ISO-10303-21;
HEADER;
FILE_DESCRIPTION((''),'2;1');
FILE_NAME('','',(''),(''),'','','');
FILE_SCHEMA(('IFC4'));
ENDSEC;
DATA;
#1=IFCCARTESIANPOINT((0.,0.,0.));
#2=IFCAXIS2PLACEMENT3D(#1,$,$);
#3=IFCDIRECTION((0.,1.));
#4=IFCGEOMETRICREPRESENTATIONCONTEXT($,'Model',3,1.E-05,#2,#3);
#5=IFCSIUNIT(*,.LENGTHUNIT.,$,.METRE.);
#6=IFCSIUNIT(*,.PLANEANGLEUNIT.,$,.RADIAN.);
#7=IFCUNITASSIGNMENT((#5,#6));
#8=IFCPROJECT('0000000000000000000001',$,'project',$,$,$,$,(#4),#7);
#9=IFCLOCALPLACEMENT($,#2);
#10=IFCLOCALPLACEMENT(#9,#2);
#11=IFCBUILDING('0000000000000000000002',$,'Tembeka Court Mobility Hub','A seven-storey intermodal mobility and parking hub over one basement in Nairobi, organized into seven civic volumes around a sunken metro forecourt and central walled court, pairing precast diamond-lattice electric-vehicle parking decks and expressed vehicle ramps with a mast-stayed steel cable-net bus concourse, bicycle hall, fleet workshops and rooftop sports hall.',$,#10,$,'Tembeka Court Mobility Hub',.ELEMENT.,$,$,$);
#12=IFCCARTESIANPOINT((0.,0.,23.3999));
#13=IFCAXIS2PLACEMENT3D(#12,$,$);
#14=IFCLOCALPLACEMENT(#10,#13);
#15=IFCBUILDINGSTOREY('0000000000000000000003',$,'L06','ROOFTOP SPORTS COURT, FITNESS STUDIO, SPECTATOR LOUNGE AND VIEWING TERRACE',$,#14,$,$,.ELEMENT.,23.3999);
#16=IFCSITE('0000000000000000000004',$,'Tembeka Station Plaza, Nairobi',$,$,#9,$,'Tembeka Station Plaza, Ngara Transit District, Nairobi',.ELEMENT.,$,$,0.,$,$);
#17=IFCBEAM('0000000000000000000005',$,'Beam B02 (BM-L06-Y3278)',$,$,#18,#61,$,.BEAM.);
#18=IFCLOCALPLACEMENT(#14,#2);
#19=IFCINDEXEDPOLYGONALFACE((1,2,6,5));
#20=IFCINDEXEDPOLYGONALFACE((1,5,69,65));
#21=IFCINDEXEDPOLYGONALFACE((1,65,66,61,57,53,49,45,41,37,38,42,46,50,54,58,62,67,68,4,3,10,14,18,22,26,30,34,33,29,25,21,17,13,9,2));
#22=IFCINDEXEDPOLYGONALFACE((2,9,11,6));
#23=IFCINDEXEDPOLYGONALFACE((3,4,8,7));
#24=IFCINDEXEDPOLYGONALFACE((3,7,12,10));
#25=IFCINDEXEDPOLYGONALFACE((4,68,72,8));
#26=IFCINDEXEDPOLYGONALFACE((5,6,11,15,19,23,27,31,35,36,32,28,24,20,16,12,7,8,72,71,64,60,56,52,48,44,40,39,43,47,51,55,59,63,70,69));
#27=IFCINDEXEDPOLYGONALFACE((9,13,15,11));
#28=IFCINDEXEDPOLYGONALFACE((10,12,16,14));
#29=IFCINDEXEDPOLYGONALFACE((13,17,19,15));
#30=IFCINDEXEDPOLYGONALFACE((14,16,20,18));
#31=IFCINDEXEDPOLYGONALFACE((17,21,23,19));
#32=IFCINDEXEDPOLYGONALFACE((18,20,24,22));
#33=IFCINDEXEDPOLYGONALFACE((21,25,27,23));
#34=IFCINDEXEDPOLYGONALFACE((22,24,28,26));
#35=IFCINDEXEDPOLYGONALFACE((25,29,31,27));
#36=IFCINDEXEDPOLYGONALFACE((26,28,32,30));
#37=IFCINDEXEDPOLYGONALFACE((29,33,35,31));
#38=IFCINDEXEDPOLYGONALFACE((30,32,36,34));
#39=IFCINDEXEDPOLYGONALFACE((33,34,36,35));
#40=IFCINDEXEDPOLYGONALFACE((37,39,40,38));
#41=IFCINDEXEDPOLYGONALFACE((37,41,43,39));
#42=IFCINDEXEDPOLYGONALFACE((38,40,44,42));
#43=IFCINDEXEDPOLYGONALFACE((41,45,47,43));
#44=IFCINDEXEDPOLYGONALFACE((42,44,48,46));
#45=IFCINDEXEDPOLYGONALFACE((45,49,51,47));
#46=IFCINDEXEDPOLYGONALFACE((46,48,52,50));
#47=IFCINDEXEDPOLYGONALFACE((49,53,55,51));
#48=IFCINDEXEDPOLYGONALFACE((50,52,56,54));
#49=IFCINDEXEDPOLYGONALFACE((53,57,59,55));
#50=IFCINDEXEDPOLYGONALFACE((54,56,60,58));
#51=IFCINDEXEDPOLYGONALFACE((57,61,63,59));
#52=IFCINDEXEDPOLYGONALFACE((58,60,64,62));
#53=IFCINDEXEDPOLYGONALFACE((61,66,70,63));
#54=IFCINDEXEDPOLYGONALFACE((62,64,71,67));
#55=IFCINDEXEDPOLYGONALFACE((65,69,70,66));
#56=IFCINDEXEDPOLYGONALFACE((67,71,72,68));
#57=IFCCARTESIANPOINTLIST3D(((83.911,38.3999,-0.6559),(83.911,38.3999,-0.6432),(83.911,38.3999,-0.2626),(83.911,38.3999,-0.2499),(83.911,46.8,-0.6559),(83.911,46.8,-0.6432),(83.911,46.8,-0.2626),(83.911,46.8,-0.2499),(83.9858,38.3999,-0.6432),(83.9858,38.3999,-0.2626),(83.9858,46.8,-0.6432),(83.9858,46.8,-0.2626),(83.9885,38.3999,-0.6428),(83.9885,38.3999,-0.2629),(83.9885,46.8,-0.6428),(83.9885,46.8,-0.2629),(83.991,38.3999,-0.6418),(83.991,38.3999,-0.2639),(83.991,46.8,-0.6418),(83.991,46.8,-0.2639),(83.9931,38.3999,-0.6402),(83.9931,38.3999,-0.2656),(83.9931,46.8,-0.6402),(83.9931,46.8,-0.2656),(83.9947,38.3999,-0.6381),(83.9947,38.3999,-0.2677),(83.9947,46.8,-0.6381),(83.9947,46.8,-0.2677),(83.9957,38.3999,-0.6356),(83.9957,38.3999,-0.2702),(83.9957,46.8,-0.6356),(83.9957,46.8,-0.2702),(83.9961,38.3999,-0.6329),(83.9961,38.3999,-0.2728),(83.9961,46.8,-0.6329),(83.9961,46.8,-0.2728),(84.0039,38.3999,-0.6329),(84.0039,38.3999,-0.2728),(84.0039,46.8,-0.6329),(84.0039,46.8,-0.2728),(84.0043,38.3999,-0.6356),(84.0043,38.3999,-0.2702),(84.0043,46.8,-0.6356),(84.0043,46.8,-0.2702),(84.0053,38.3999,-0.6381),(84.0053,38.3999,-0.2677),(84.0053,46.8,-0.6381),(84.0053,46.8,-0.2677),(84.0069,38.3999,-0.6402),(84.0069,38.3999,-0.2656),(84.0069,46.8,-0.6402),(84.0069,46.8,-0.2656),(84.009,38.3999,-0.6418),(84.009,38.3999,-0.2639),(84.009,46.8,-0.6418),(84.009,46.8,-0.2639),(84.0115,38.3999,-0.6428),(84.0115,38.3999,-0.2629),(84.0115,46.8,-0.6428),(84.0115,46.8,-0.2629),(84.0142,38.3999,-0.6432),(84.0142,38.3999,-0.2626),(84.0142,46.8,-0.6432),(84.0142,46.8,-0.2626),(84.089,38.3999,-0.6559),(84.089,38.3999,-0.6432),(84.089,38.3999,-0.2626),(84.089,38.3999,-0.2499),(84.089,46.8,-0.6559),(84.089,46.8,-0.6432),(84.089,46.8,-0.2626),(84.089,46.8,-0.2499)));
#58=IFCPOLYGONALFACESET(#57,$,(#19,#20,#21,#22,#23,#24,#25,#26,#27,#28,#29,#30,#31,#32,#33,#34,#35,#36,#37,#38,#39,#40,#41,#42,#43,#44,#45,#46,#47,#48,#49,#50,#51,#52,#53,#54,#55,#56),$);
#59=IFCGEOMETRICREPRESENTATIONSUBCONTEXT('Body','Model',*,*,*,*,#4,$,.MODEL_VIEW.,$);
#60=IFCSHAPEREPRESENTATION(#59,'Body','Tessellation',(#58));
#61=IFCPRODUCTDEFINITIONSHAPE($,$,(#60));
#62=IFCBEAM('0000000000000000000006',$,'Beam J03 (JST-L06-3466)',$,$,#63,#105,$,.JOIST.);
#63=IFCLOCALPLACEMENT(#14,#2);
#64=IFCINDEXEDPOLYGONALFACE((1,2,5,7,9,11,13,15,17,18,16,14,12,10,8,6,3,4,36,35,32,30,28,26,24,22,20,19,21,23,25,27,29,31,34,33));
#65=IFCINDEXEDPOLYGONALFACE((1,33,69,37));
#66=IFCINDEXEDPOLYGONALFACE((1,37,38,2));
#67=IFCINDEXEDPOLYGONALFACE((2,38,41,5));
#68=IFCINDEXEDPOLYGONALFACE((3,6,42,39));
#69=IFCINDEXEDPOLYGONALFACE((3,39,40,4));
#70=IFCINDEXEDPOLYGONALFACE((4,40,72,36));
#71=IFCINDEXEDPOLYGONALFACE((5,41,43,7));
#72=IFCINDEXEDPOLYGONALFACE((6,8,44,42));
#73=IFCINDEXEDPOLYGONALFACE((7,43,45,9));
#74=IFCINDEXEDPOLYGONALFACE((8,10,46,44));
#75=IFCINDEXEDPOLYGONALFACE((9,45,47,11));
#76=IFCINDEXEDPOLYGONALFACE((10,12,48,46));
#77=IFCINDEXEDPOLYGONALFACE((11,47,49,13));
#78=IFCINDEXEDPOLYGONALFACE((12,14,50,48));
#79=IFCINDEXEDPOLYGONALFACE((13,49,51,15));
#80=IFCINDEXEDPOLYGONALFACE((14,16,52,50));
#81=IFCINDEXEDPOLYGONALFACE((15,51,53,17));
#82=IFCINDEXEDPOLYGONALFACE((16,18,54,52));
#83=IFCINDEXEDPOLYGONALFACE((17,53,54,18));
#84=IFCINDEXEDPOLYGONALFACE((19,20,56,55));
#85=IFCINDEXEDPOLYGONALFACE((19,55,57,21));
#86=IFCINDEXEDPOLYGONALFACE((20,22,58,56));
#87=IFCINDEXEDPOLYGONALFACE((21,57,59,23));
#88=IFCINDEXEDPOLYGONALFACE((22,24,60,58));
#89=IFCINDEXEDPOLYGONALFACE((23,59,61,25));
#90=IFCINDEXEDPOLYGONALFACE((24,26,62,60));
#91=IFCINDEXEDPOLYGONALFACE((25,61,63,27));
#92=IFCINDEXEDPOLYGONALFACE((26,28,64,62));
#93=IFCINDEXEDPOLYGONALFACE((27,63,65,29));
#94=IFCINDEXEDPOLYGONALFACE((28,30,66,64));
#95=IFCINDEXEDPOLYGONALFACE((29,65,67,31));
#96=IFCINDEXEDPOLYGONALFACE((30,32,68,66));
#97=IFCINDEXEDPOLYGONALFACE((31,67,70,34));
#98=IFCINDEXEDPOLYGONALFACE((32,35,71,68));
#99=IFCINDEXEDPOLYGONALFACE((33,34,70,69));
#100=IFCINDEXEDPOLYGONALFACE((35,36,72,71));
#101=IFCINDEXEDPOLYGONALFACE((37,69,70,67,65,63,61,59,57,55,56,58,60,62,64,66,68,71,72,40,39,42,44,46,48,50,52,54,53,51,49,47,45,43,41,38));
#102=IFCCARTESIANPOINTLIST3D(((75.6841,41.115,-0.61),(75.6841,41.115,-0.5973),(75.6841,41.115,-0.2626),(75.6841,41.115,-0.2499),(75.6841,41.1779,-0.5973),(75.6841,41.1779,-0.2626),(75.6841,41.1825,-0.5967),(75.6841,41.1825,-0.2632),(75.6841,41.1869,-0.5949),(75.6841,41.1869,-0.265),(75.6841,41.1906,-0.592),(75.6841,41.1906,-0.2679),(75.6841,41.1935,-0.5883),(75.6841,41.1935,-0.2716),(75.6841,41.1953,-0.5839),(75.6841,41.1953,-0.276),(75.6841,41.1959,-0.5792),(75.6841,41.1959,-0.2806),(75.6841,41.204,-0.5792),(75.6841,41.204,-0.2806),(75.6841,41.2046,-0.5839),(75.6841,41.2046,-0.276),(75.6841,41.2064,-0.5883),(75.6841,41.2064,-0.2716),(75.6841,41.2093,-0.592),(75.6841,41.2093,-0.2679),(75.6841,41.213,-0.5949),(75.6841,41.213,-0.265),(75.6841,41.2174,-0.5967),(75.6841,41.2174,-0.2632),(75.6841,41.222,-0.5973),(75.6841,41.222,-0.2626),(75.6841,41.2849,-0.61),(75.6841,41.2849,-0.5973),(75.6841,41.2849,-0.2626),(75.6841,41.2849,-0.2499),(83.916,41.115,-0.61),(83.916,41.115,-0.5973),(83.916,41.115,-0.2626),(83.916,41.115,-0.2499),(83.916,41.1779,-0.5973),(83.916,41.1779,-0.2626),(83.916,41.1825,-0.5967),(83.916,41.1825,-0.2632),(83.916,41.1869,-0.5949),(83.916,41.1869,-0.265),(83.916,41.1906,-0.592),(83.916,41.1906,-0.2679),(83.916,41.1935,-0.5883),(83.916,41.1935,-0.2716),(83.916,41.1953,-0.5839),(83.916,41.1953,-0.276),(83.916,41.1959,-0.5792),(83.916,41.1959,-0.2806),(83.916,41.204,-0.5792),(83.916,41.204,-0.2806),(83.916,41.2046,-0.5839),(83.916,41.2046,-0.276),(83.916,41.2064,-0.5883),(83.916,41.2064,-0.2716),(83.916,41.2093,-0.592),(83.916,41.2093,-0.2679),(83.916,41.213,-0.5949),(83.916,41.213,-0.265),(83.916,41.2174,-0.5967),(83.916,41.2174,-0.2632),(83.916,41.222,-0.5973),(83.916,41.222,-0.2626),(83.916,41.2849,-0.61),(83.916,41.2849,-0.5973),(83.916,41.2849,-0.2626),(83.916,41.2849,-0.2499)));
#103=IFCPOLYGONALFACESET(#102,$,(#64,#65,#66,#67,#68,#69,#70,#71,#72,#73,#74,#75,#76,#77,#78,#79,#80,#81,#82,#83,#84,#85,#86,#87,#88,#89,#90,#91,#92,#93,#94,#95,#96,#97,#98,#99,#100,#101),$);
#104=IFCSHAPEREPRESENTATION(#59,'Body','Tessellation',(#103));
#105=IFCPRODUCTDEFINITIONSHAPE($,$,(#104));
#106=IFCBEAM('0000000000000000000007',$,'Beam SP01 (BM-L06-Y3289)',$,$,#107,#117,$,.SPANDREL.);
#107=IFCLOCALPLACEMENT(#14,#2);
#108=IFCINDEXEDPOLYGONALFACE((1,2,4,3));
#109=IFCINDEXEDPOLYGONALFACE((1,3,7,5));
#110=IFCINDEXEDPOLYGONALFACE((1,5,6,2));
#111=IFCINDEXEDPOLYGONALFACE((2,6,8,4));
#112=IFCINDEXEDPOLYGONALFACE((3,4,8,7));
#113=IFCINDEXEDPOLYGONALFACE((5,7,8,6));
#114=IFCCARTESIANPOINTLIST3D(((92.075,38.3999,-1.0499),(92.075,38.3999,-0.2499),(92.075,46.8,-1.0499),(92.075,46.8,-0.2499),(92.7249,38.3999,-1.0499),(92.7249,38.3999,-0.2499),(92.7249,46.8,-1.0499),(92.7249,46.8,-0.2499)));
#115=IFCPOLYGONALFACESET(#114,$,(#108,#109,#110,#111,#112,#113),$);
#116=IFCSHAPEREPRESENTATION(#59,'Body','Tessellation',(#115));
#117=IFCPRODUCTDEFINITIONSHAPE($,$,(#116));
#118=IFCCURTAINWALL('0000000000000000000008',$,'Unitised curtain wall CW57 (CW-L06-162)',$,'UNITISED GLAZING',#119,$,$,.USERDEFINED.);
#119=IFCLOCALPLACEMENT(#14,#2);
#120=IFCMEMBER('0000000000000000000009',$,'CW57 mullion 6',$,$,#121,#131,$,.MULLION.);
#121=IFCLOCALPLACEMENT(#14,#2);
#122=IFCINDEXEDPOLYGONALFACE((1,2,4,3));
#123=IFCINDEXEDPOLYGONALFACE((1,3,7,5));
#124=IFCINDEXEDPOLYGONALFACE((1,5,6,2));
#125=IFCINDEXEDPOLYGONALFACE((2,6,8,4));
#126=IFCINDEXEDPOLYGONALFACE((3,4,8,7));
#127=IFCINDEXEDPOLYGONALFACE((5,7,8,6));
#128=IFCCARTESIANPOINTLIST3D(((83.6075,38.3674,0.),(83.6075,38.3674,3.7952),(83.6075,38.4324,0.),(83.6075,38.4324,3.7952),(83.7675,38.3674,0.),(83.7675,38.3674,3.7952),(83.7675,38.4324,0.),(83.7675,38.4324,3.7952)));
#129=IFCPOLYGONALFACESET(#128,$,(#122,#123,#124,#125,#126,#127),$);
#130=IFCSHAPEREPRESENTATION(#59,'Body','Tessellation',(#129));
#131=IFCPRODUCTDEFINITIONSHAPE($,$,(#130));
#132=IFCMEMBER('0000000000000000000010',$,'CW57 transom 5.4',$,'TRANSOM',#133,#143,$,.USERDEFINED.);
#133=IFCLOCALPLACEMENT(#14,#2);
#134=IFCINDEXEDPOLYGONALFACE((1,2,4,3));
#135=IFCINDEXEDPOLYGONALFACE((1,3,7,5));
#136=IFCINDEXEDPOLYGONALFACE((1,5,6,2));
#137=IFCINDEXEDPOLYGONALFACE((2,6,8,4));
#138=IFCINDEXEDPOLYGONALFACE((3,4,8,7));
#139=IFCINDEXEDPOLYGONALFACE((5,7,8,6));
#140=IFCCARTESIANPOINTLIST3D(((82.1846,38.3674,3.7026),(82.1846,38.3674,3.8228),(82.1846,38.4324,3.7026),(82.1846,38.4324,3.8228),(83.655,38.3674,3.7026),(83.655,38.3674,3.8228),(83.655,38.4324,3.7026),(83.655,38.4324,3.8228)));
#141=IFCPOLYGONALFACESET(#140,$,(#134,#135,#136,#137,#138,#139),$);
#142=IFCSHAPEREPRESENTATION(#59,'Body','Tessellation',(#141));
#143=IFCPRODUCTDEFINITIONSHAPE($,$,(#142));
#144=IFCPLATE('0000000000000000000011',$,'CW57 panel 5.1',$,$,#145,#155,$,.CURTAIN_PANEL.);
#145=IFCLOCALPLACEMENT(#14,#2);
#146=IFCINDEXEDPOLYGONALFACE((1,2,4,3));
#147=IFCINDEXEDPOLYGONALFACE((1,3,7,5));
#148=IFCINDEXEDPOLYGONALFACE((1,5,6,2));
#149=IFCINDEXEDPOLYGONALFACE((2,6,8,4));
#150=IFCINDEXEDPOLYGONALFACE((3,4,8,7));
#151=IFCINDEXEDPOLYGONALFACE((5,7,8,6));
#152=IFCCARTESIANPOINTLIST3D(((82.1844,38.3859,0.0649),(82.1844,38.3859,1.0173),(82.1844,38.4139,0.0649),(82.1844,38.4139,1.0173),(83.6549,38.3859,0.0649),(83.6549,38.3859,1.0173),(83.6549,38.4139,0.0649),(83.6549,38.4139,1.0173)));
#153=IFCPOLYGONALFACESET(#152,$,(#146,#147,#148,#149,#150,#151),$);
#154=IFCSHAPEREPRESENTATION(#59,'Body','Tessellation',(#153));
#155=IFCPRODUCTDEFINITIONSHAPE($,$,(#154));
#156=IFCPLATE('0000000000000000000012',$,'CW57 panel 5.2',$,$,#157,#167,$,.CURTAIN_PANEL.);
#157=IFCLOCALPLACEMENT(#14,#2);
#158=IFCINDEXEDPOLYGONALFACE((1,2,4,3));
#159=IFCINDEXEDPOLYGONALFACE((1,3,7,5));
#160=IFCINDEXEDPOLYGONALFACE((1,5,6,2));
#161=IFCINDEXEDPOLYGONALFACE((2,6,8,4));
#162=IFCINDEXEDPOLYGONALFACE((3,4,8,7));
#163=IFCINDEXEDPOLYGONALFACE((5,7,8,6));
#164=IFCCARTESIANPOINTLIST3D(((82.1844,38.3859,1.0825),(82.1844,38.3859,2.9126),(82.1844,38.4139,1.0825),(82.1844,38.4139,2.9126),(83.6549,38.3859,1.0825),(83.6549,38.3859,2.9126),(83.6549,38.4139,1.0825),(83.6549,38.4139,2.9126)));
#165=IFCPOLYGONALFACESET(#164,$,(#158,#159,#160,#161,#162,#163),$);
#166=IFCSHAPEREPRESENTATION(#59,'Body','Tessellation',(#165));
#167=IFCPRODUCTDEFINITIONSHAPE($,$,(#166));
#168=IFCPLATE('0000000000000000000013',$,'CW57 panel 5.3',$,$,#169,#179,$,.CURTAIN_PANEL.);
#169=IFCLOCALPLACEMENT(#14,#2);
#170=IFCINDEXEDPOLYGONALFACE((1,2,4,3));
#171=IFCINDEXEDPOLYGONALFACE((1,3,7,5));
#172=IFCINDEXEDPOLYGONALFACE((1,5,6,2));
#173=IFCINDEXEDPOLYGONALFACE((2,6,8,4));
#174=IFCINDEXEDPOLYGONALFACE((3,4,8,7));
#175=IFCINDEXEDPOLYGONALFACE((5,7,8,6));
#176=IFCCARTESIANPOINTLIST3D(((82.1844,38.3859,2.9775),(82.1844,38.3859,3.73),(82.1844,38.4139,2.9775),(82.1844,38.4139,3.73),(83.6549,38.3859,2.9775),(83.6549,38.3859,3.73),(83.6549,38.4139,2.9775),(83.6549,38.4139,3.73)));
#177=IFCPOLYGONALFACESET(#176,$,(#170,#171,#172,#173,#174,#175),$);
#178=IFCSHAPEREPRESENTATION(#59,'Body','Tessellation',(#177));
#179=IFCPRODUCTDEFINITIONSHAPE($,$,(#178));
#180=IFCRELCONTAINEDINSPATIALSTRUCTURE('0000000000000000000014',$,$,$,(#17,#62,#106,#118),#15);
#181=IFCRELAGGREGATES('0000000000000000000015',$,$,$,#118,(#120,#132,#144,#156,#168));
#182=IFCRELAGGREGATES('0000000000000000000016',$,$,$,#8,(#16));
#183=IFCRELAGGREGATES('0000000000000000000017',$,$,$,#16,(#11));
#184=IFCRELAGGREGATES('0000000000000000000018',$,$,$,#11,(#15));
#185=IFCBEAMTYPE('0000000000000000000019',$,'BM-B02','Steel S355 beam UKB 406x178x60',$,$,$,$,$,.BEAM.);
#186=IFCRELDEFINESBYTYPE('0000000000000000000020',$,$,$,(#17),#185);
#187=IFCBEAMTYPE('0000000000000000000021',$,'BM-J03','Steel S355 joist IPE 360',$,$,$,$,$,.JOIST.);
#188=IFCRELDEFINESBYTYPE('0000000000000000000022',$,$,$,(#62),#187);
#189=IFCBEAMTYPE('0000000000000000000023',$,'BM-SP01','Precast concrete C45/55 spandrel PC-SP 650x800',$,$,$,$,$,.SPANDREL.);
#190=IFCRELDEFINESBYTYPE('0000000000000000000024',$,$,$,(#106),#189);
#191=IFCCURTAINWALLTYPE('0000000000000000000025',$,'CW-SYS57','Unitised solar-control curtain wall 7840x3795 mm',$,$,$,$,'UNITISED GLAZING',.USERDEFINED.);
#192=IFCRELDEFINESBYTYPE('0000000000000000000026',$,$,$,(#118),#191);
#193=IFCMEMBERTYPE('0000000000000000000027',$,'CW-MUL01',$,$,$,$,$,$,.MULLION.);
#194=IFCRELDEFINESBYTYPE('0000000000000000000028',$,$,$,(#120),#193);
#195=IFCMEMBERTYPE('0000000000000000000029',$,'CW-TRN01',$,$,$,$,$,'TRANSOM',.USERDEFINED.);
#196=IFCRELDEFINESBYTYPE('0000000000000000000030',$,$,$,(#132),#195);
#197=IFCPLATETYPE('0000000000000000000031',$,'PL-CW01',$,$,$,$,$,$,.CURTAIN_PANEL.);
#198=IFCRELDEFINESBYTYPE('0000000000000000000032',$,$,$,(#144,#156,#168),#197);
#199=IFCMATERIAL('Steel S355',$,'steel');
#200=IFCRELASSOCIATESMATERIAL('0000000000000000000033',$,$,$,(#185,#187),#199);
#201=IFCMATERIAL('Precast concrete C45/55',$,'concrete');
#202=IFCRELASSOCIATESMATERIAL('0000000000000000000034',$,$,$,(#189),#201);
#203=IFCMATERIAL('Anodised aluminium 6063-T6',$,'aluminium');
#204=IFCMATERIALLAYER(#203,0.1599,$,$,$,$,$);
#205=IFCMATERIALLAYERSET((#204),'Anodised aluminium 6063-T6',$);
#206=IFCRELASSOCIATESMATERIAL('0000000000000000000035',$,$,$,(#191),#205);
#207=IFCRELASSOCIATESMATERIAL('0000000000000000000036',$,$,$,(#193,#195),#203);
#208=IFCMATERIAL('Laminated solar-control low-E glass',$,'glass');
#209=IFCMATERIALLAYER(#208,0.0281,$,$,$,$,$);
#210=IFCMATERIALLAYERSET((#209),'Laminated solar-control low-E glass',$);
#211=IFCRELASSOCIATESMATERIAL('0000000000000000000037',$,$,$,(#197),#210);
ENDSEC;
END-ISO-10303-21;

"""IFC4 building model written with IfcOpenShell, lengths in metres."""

from ifc_helpers import new_model, si_unit, direction, frame, origin, origin_2d, place, context, subcontext, project, spatial, rectangle, i_section, extrude, material, layer, layer_set, material_profile, profile_set, type_object, element, aggregate, save


model = new_model("IFC4")

# Units and contexts
model_context = context("Model", 3, precision=1e-05, world=origin(), true_north=direction((0.0, 1.0)))
body_context = subcontext(model_context, "Body", "Model", "MODEL_VIEW")
ifc_project = project(units=[si_unit("LENGTHUNIT", "METRE"), si_unit("PLANEANGLEUNIT", "RADIAN")], contexts=[model_context])

# Site, building, storey
site_placement = place(None, origin())
site = spatial("IfcSite", under=ifc_project, at=site_placement, Name="Tembeka Station Plaza, Nairobi", LongName="Tembeka Station Plaza, Ngara Transit District, Nairobi", CompositionType="ELEMENT", RefElevation=0.0)
building_placement = place(site_placement, origin())
building = spatial("IfcBuilding", under=site, at=building_placement, Name="Tembeka Court Mobility Hub", Description="A seven-storey intermodal mobility and parking hub over one basement in Nairobi, organized into seven civic volumes around a sunken metro forecourt and central walled court, pairing precast diamond-lattice electric-vehicle parking decks and expressed vehicle ramps with a mast-stayed steel cable-net bus concourse, bicycle hall, fleet workshops and rooftop sports hall.", LongName="Tembeka Court Mobility Hub", CompositionType="ELEMENT")
storey_placement = place(building_placement, frame((0.0, 0.0, 23.3999)))
storey = spatial("IfcBuildingStorey", under=building, at=storey_placement, Name="L06", Description="ROOFTOP SPORTS COURT, FITNESS STUDIO, SPECTATOR LOUNGE AND VIEWING TERRACE", CompositionType="ELEMENT", Elevation=23.3999)

# Shared definitions
ifc_material_1 = material(Name="Steel S355", Category="steel")

# Beams
ifc_material_profile_1 = material_profile(ifc_material_1, i_section(OverallWidth=0.178, OverallDepth=0.406, WebThickness=0.0078, FlangeThickness=0.0127, FilletRadius=0.0103, at=origin_2d()), Name="UKB 406x178x60")
ifc_profile_set_1 = profile_set([ifc_material_profile_1], Name="Steel S355")
beam_type_1 = type_object("IfcBeamType", Name="BM-B02", Description="Steel S355 beam UKB 406x178x60", PredefinedType="BEAM", material=ifc_profile_set_1)
beam_1_placement = place(storey_placement, frame((84.0, 38.3999, -0.4529), z_axis=(0.0, 1.0, 0.0), x_axis=(-1.0, 0.0, 0.0)))
element("IfcBeam", 1, at=beam_1_placement, inside=storey, type_object=beam_type_1, Name="Beam B02 (BM-L06-Y3278)", PredefinedType="BEAM", context=body_context, shape_type="SweptSolid", body=[
    extrude(i_section(OverallWidth=0.178, OverallDepth=0.406, WebThickness=0.0078, FlangeThickness=0.0127, FilletRadius=0.0103, at=origin_2d()), origin(), (0.0, 0.0, 1.0), 8.4001),
])
ifc_material_profile_2 = material_profile(ifc_material_1, i_section(OverallWidth=0.1699, OverallDepth=0.3601, WebThickness=0.0081, FlangeThickness=0.0127, FilletRadius=0.0181, at=origin_2d()), Name="IPE 360")
ifc_profile_set_2 = profile_set([ifc_material_profile_2], Name="Steel S355")
beam_type_2 = type_object("IfcBeamType", Name="BM-J03", Description="Steel S355 joist IPE 360", PredefinedType="JOIST", material=ifc_profile_set_2)
beam_2_placement = place(storey_placement, frame((75.6841, 41.2, -0.4299), z_axis=(1.0, 0.0, 0.0), x_axis=(0.0, 1.0, 0.0)))
element("IfcBeam", 2, at=beam_2_placement, inside=storey, type_object=beam_type_2, Name="Beam J03 (JST-L06-3466)", PredefinedType="JOIST", context=body_context, shape_type="SweptSolid", body=[
    extrude(i_section(OverallWidth=0.1699, OverallDepth=0.3601, WebThickness=0.0081, FlangeThickness=0.0127, FilletRadius=0.0181, at=origin_2d()), origin(), (0.0, 0.0, 1.0), 8.2319),
])
ifc_material_2 = material(Name="Precast concrete C45/55", Category="concrete")
ifc_material_profile_3 = material_profile(ifc_material_2, rectangle(XDim=0.6499, YDim=0.8, at=origin_2d()), Name="PC-SP 650x800")
ifc_profile_set_3 = profile_set([ifc_material_profile_3], Name="Precast concrete C45/55")
beam_type_3 = type_object("IfcBeamType", Name="BM-SP01", Description="Precast concrete C45/55 spandrel PC-SP 650x800", PredefinedType="SPANDREL", material=ifc_profile_set_3)
beam_3_placement = place(storey_placement, frame((92.3999, 38.3999, -0.6499), z_axis=(0.0, 1.0, 0.0), x_axis=(-1.0, 0.0, 0.0)))
element("IfcBeam", 3, at=beam_3_placement, inside=storey, type_object=beam_type_3, Name="Beam SP01 (BM-L06-Y3289)", PredefinedType="SPANDREL", context=body_context, shape_type="SweptSolid", body=[
    extrude(rectangle(XDim=0.6499, YDim=0.8, at=origin_2d()), origin(), (0.0, 0.0, 1.0), 8.4001),
])

# Curtain wall, members, plates
ifc_material_3 = material(Name="Anodised aluminium 6063-T6", Category="aluminium")
ifc_layer_1 = layer(ifc_material_3, 0.1599)
ifc_layer_set_1 = layer_set([ifc_layer_1], Name="Anodised aluminium 6063-T6")
curtain_wall_type = type_object("IfcCurtainWallType", Name="CW-SYS57", Description="Unitised solar-control curtain wall 7840x3795 mm", ElementType="UNITISED GLAZING", PredefinedType="USERDEFINED", material=ifc_layer_set_1)
curtain_wall_placement = place(storey_placement, origin())
curtain_wall = element("IfcCurtainWall", 4, at=curtain_wall_placement, inside=storey, type_object=curtain_wall_type, Name="Unitised curtain wall CW57 (CW-L06-162)", ObjectType="UNITISED GLAZING", PredefinedType="USERDEFINED")
ifc_material_profile_4 = material_profile(ifc_material_3, rectangle(XDim=0.0649, YDim=0.1599, at=origin_2d()), Name="ALU-MUL 65x160")
ifc_profile_set_4 = profile_set([ifc_material_profile_4], Name="Anodised aluminium 6063-T6")
member_type_1 = type_object("IfcMemberType", Name="CW-MUL01", PredefinedType="MULLION", material=ifc_profile_set_4)
member_1_placement = place(storey_placement, frame((83.6875, 38.3999, 0.0), z_axis=(0.0, 0.0, 1.0), x_axis=(0.0, 1.0, 0.0)))
member_1 = element("IfcMember", 5, at=member_1_placement, type_object=member_type_1, Name="CW57 mullion 6", PredefinedType="MULLION", context=body_context, shape_type="SweptSolid", body=[
    extrude(rectangle(XDim=0.0649, YDim=0.1599, at=origin_2d()), origin(), (0.0, 0.0, 1.0), 3.7952),
])
ifc_material_profile_5 = material_profile(ifc_material_3, rectangle(XDim=0.0649, YDim=0.1201, at=origin_2d()), Name="ALU-TRN 65x120")
ifc_profile_set_5 = profile_set([ifc_material_profile_5], Name="Anodised aluminium 6063-T6")
member_type_2 = type_object("IfcMemberType", Name="CW-TRN01", ElementType="TRANSOM", PredefinedType="USERDEFINED", material=ifc_profile_set_5)
member_2_placement = place(storey_placement, frame((82.1846, 38.3999, 3.7627), z_axis=(1.0, 0.0, 0.0), x_axis=(0.0, 1.0, 0.0)))
member_2 = element("IfcMember", 6, at=member_2_placement, type_object=member_type_2, Name="CW57 transom 5.4", ObjectType="TRANSOM", PredefinedType="USERDEFINED", context=body_context, shape_type="SweptSolid", body=[
    extrude(rectangle(XDim=0.0649, YDim=0.1201, at=origin_2d()), origin(), (0.0, 0.0, 1.0), 1.4705),
])
ifc_material_4 = material(Name="Laminated solar-control low-E glass", Category="glass")
ifc_layer_2 = layer(ifc_material_4, 0.0281)
ifc_layer_set_2 = layer_set([ifc_layer_2], Name="Laminated solar-control low-E glass")
plate_type = type_object("IfcPlateType", Name="PL-CW01", PredefinedType="CURTAIN_PANEL", material=ifc_layer_set_2)
plate_1_placement = place(storey_placement, frame((82.9197, 38.3999, 0.0649), z_axis=(0.0, 0.0, 1.0), x_axis=(1.0, 0.0, 0.0)))
plate_1 = element("IfcPlate", 7, at=plate_1_placement, type_object=plate_type, Name="CW57 panel 5.1", PredefinedType="CURTAIN_PANEL", context=body_context, shape_type="SweptSolid", body=[
    extrude(rectangle(XDim=1.4705, YDim=0.0281, at=origin_2d()), origin(), (0.0, 0.0, 1.0), 0.9524),
])
plate_2_placement = place(storey_placement, frame((82.9197, 38.3999, 1.0825), z_axis=(0.0, 0.0, 1.0), x_axis=(1.0, 0.0, 0.0)))
plate_2 = element("IfcPlate", 8, at=plate_2_placement, type_object=plate_type, Name="CW57 panel 5.2", PredefinedType="CURTAIN_PANEL", context=body_context, shape_type="SweptSolid", body=[
    extrude(rectangle(XDim=1.4705, YDim=0.0281, at=origin_2d()), origin(), (0.0, 0.0, 1.0), 1.8301),
])
plate_3_placement = place(storey_placement, frame((82.9197, 38.3999, 2.9775), z_axis=(0.0, 0.0, 1.0), x_axis=(1.0, 0.0, 0.0)))
plate_3 = element("IfcPlate", 9, at=plate_3_placement, type_object=plate_type, Name="CW57 panel 5.3", PredefinedType="CURTAIN_PANEL", context=body_context, shape_type="SweptSolid", body=[
    extrude(rectangle(XDim=1.4705, YDim=0.0281, at=origin_2d()), origin(), (0.0, 0.0, 1.0), 0.7524),
])
aggregate(curtain_wall, [member_1, member_2, plate_1, plate_2, plate_3])

save(model, "model.ifc")
